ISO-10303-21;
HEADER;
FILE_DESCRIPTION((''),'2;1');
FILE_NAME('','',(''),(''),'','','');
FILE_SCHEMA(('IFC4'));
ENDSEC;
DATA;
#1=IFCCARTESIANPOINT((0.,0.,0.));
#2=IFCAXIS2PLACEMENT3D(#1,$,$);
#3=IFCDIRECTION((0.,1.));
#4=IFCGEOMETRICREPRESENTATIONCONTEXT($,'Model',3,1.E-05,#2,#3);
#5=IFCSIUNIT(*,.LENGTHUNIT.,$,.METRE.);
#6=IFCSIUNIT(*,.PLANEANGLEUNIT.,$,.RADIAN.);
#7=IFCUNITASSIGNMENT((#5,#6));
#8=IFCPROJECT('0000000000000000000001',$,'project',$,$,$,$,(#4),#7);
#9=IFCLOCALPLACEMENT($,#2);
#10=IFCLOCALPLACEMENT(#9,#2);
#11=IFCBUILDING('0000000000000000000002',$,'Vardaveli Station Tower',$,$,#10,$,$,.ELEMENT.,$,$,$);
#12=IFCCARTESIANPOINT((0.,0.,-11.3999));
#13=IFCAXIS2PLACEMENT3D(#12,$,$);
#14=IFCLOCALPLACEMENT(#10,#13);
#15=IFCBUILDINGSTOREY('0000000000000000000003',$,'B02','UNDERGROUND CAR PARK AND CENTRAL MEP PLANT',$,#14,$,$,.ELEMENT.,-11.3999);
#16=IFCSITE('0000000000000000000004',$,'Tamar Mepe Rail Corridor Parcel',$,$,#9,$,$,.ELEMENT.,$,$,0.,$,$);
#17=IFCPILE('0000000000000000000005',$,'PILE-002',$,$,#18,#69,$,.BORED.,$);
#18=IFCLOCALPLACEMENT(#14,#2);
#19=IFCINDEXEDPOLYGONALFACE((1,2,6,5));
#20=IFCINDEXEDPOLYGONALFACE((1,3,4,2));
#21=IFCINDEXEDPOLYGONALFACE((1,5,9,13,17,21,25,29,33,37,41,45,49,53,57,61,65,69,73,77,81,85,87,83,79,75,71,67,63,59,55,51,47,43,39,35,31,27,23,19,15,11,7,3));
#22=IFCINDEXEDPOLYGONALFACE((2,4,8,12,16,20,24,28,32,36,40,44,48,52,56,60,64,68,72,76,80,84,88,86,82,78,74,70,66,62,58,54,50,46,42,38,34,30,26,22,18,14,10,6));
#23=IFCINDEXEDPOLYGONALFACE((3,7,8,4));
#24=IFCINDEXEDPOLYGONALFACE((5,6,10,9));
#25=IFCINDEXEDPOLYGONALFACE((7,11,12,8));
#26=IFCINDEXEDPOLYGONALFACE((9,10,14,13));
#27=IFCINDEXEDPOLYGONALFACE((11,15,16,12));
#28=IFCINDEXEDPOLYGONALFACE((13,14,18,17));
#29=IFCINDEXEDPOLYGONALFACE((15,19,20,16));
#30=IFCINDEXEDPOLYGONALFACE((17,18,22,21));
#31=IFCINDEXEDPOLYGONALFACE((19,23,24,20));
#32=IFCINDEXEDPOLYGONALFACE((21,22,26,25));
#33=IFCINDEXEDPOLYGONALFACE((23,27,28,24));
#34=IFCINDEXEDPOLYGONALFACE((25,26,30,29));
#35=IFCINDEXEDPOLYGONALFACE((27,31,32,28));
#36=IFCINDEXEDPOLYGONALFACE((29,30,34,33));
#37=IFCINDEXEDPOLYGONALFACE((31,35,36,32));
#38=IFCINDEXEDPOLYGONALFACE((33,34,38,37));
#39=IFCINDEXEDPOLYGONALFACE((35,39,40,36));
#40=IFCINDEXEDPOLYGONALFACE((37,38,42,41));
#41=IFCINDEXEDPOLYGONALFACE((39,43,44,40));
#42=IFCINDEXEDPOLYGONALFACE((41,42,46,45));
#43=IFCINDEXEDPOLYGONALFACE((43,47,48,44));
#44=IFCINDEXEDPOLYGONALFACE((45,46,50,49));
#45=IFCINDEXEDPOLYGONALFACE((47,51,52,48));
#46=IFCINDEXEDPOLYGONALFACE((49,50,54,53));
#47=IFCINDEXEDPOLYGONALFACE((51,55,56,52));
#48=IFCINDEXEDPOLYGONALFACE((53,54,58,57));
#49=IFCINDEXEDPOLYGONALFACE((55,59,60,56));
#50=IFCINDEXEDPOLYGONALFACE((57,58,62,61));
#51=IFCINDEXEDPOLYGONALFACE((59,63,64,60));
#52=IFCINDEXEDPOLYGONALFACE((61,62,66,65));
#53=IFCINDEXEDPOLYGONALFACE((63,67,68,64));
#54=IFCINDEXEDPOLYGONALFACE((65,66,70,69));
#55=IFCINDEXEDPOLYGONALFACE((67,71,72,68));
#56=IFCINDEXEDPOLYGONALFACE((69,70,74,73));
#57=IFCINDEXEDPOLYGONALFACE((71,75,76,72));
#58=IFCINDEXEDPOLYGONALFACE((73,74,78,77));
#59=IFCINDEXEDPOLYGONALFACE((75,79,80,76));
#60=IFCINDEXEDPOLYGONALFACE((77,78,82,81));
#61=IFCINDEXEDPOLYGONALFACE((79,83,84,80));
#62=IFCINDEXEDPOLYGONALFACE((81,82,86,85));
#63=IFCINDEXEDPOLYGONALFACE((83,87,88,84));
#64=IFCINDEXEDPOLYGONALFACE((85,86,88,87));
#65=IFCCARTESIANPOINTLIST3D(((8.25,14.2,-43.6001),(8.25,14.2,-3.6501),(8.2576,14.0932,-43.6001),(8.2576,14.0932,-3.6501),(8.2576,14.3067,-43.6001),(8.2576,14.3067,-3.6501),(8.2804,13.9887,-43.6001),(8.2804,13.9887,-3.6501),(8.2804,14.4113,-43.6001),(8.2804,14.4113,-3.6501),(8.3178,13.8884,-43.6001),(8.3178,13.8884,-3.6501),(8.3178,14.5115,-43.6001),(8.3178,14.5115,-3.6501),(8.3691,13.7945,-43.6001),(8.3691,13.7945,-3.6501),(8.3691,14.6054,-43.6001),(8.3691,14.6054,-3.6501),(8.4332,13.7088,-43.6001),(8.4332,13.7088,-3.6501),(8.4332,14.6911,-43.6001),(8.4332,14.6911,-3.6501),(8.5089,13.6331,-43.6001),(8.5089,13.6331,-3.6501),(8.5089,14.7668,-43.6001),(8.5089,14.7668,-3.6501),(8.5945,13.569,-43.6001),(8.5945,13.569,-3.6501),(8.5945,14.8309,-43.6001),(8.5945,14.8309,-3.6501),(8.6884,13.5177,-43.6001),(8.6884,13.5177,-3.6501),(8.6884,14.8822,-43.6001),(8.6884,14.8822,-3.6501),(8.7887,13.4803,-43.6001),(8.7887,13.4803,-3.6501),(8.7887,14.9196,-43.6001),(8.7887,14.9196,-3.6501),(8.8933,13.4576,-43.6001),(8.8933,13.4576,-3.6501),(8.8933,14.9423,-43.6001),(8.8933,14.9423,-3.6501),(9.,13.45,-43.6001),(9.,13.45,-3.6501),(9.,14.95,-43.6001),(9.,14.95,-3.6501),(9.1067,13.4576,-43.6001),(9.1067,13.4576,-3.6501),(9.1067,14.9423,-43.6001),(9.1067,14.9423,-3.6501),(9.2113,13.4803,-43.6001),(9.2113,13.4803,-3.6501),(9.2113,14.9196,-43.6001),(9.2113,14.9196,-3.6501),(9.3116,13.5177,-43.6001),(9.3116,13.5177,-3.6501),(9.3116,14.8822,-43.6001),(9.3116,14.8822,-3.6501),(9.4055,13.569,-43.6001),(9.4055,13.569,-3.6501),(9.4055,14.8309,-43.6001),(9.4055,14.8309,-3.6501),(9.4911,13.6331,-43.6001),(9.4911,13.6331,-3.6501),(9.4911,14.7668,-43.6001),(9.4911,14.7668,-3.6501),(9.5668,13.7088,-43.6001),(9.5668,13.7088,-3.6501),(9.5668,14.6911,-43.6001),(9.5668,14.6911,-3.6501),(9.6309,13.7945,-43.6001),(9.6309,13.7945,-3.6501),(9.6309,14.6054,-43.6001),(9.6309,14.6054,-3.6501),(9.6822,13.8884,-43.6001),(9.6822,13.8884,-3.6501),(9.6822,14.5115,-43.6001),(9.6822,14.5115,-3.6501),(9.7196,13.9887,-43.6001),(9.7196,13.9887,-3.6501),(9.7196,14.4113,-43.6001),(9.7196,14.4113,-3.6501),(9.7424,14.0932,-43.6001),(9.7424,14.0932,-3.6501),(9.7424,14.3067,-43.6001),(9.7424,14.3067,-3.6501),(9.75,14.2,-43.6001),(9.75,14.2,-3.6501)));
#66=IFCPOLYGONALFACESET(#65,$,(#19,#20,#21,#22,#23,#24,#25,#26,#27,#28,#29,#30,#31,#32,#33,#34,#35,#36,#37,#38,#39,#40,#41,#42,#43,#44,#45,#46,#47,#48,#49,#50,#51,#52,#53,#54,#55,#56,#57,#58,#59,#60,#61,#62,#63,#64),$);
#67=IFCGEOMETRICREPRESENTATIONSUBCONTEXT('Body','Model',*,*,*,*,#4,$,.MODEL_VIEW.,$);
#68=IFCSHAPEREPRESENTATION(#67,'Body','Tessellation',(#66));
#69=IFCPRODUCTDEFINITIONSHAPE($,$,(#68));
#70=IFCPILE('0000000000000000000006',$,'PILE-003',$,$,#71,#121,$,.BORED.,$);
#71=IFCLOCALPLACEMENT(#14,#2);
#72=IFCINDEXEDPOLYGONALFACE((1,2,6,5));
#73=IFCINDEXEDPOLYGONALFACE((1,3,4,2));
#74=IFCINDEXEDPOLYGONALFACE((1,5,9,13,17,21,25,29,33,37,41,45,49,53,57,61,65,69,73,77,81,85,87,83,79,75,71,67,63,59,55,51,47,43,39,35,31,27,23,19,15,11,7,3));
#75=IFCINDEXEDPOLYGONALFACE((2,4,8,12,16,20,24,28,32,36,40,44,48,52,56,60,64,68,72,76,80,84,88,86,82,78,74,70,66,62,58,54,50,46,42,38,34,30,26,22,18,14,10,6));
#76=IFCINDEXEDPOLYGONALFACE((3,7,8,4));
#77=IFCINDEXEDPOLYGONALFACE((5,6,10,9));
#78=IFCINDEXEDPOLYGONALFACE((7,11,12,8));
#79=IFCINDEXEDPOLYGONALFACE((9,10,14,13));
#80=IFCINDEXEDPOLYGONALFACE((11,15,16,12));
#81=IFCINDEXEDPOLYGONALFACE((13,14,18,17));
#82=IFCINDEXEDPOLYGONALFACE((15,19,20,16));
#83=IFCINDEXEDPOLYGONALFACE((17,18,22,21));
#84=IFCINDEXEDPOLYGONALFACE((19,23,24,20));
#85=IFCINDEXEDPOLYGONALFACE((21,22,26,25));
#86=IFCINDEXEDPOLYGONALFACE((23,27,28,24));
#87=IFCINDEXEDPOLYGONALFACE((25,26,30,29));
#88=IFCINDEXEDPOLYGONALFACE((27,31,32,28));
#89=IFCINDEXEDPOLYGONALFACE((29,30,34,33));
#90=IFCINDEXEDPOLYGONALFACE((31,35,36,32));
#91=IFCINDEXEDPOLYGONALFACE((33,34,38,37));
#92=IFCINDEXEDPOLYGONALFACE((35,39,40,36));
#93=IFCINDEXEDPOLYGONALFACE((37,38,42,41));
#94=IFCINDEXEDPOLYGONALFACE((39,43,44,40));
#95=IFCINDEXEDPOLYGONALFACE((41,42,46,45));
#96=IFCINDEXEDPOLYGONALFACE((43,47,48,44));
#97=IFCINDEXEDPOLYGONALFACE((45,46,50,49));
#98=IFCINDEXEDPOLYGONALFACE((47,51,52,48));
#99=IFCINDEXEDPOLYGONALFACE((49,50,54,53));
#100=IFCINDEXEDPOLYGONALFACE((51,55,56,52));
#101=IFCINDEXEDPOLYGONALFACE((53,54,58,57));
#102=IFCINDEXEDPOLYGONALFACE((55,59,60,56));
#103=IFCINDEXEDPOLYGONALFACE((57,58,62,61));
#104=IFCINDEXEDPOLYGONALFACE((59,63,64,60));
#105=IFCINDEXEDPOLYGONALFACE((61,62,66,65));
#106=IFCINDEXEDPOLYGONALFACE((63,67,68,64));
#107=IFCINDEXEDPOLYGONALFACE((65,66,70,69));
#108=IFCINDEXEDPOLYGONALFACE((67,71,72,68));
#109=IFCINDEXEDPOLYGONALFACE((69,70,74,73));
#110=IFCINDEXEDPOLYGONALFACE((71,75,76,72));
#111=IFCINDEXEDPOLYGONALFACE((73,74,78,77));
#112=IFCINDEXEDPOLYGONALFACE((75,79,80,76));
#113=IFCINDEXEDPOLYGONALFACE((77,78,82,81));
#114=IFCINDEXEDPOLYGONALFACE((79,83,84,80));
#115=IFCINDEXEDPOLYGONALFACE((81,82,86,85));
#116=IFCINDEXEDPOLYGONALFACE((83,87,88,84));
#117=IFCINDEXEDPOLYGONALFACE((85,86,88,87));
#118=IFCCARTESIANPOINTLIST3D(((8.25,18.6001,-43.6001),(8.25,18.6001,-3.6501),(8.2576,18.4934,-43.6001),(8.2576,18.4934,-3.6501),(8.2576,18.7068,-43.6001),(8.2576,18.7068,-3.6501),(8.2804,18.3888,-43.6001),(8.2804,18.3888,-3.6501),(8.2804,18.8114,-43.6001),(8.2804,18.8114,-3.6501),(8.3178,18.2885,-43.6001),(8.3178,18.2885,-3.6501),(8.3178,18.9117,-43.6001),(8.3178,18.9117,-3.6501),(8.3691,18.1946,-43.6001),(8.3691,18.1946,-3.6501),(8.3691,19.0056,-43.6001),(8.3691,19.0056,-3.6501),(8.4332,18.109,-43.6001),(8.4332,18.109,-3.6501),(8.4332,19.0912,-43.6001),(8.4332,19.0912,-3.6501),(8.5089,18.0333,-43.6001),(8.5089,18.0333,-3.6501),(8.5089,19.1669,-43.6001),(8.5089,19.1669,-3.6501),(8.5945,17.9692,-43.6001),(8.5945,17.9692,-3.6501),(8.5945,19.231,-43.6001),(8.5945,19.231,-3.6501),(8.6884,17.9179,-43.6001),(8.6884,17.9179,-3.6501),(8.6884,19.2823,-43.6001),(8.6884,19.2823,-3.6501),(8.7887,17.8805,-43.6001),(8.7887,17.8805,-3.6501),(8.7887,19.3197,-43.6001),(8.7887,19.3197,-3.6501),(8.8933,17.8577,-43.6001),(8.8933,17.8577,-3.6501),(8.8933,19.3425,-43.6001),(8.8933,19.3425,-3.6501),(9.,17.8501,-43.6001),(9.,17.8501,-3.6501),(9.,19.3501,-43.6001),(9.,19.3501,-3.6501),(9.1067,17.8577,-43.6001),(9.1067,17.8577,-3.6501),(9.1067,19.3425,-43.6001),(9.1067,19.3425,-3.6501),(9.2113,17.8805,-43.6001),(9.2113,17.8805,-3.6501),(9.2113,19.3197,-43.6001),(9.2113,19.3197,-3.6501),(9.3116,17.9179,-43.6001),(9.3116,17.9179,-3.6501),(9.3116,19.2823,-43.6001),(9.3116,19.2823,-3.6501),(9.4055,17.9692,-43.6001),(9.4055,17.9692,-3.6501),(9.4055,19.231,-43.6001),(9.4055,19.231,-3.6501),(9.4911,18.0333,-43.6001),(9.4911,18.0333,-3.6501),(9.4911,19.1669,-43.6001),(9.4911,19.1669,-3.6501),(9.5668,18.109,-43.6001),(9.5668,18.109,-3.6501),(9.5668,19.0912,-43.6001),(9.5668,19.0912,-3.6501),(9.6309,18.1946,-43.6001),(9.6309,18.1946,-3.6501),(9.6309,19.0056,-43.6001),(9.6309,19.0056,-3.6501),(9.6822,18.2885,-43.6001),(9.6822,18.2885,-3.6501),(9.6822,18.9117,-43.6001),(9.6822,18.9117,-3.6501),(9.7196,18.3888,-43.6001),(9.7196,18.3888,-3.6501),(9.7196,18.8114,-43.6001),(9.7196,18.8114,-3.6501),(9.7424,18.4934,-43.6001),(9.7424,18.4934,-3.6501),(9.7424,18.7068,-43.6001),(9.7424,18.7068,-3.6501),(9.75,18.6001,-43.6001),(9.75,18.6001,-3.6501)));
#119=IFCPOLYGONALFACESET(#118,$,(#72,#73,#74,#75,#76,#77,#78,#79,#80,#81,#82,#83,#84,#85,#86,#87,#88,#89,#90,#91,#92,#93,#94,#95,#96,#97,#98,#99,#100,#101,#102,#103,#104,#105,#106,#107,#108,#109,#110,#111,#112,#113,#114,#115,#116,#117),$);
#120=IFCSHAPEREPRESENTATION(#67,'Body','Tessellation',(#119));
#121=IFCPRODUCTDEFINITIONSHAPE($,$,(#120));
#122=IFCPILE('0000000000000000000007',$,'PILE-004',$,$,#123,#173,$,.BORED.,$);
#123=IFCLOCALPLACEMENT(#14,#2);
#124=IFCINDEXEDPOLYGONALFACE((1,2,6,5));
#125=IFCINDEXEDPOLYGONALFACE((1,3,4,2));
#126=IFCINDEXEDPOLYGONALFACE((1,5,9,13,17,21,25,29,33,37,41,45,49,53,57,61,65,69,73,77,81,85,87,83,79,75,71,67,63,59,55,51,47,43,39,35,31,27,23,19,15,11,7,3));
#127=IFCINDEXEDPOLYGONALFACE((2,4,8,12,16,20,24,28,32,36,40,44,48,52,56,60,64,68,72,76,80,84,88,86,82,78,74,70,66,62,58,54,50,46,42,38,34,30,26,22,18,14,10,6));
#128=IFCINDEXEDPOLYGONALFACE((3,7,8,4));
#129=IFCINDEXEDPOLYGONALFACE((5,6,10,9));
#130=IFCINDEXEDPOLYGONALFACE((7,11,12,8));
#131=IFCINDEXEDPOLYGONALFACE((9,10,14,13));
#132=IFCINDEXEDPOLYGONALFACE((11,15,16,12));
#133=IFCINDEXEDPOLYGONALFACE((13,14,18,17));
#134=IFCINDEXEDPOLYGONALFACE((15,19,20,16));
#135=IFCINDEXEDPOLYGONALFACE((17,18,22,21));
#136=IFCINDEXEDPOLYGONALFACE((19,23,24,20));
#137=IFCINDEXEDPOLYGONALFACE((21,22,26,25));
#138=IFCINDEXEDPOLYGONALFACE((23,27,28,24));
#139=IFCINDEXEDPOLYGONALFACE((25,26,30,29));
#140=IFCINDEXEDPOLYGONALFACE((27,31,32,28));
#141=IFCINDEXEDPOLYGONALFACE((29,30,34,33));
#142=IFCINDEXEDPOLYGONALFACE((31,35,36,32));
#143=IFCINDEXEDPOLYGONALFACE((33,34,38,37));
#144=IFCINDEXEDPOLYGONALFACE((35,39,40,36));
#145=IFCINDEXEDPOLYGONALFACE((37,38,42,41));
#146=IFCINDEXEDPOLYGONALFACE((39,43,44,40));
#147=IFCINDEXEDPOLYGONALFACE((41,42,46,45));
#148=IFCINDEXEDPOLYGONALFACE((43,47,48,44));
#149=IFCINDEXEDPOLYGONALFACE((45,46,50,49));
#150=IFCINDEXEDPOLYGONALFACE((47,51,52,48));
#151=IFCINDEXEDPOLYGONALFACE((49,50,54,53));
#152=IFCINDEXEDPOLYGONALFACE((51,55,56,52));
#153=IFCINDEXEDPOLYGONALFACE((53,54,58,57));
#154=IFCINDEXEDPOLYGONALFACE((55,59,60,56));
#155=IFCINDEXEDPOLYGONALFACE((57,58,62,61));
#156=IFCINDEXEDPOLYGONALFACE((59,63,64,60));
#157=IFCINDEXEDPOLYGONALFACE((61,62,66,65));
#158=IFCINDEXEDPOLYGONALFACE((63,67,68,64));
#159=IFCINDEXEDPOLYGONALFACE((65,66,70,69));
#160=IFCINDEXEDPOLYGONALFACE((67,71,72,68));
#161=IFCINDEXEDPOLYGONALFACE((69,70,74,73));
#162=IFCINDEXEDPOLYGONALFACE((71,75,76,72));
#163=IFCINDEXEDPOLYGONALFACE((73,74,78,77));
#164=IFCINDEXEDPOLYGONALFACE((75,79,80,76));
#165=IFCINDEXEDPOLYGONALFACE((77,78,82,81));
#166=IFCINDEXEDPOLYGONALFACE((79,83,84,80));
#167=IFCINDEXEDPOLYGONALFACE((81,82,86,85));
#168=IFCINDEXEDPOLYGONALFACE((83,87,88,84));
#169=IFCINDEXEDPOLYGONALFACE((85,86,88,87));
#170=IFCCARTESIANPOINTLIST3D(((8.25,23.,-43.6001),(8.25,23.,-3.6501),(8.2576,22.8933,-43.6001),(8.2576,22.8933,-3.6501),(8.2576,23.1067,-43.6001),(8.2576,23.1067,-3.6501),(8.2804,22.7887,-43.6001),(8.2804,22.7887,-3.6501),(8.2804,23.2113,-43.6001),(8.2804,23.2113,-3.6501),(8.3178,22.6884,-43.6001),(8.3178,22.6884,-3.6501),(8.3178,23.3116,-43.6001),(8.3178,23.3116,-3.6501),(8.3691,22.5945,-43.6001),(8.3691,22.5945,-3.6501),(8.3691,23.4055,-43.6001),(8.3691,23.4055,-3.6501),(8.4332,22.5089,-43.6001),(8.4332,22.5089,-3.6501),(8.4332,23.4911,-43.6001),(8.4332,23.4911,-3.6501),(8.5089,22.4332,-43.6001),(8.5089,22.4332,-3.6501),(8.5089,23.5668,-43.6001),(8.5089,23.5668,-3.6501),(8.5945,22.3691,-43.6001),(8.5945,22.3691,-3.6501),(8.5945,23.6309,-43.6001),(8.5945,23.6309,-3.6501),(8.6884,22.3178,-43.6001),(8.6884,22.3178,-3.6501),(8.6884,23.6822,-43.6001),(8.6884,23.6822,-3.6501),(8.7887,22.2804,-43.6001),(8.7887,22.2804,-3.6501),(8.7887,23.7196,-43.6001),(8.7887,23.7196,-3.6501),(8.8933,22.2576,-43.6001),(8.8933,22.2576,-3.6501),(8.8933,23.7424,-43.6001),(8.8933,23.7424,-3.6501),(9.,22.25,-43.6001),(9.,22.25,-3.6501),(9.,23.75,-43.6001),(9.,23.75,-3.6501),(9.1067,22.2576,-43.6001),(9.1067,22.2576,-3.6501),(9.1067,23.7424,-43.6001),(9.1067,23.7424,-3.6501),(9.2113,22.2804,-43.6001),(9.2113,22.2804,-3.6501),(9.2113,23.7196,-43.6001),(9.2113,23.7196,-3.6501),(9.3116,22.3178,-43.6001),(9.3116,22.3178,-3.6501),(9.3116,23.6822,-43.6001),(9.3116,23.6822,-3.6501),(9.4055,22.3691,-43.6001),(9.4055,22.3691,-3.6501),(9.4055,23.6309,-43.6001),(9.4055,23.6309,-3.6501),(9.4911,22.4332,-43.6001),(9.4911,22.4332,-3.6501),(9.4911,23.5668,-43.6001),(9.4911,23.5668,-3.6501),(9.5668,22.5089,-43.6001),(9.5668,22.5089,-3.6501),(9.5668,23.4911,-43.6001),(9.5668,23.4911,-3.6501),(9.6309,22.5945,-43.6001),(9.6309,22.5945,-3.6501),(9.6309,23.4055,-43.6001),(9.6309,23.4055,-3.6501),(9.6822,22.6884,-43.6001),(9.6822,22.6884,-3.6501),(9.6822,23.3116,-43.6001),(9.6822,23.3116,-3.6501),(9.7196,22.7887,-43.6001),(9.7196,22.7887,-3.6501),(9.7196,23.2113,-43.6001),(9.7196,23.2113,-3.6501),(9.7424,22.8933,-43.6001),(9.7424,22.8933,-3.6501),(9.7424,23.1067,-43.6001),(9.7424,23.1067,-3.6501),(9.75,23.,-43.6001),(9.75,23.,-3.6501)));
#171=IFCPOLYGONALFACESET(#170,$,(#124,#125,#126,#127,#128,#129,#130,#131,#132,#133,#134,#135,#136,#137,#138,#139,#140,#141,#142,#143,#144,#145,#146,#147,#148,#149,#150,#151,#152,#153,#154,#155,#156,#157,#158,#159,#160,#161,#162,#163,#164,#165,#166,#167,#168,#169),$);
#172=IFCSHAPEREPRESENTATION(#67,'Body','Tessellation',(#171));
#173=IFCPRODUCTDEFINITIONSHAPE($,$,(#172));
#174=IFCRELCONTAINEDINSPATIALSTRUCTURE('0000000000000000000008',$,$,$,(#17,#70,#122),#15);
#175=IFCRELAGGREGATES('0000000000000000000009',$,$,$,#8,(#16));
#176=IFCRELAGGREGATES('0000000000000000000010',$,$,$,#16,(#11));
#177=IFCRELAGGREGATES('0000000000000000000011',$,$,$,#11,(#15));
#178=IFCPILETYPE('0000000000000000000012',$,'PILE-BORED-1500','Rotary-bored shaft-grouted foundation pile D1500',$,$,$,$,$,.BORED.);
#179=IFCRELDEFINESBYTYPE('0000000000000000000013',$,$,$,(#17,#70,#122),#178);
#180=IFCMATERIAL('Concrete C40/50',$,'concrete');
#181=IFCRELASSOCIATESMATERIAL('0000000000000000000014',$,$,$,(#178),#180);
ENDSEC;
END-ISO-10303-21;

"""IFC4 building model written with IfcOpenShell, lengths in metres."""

from ifc_helpers import new_model, si_unit, direction, frame, origin, origin_2d, place, context, subcontext, project, spatial, circle, extrude, source, transform, mapped, material, material_profile, profile_set, type_object, element, save


model = new_model("IFC4")

# Units and contexts
model_context = context("Model", 3, precision=1e-05, world=origin(), true_north=direction((0.0, 1.0)))
body_context = subcontext(model_context, "Body", "Model", "MODEL_VIEW")
ifc_project = project(units=[si_unit("LENGTHUNIT", "METRE"), si_unit("PLANEANGLEUNIT", "RADIAN")], contexts=[model_context])

# Site, building, storey
site_placement = place(None, origin())
site = spatial("IfcSite", under=ifc_project, at=site_placement, Name="Tamar Mepe Rail Corridor Parcel", CompositionType="ELEMENT", RefElevation=0.0)
building_placement = place(site_placement, origin())
building = spatial("IfcBuilding", under=site, at=building_placement, Name="Vardaveli Station Tower", CompositionType="ELEMENT")
storey_placement = place(building_placement, frame((0.0, 0.0, -11.3999)))
storey = spatial("IfcBuildingStorey", under=building, at=storey_placement, Name="B02", Description="UNDERGROUND CAR PARK AND CENTRAL MEP PLANT", CompositionType="ELEMENT", Elevation=-11.3999)

# Piles
ifc_material_1 = material(Name="Concrete C40/50", Category="concrete")
ifc_material_profile_1 = material_profile(ifc_material_1, circle(Radius=0.75, at=origin_2d()), Name="PILE D1500")
ifc_profile_set_1 = profile_set([ifc_material_profile_1], Name="Concrete C40/50")
pile_type_1 = type_object("IfcPileType", Name="PILE-BORED-1500", Description="Rotary-bored shaft-grouted foundation pile D1500", PredefinedType="BORED", material=ifc_profile_set_1)
shared_shape_1 = source(origin(), body_context, "Body", "SweptSolid", [
    extrude(circle(Radius=0.75, at=origin_2d()), origin(), (0.0, 0.0, 1.0), 39.95),
])
for number, where, z_axis, x_axis, name in (
    (1, (9.0, 14.2, -3.6501), (0.0, 0.0, -1.0), (1.0, 0.0, 0.0), "PILE-002"),
    (2, (9.0, 18.6001, -3.6501), (0.0, 0.0, -1.0), (1.0, 0.0, 0.0), "PILE-003"),
    (3, (9.0, 23.0, -3.6501), (0.0, 0.0, -1.0), (1.0, 0.0, 0.0), "PILE-004"),
):
    element("IfcPile", number, at=place(storey_placement, frame(where, z_axis=z_axis, x_axis=x_axis)), inside=storey, type_object=pile_type_1, Name=name, PredefinedType="BORED", context=body_context, shape_type="MappedRepresentation", body=[
        mapped(shared_shape_1, transform((0.0, 0.0, 0.0), scale=1.0)),
    ])

save(model, "model.ifc")
